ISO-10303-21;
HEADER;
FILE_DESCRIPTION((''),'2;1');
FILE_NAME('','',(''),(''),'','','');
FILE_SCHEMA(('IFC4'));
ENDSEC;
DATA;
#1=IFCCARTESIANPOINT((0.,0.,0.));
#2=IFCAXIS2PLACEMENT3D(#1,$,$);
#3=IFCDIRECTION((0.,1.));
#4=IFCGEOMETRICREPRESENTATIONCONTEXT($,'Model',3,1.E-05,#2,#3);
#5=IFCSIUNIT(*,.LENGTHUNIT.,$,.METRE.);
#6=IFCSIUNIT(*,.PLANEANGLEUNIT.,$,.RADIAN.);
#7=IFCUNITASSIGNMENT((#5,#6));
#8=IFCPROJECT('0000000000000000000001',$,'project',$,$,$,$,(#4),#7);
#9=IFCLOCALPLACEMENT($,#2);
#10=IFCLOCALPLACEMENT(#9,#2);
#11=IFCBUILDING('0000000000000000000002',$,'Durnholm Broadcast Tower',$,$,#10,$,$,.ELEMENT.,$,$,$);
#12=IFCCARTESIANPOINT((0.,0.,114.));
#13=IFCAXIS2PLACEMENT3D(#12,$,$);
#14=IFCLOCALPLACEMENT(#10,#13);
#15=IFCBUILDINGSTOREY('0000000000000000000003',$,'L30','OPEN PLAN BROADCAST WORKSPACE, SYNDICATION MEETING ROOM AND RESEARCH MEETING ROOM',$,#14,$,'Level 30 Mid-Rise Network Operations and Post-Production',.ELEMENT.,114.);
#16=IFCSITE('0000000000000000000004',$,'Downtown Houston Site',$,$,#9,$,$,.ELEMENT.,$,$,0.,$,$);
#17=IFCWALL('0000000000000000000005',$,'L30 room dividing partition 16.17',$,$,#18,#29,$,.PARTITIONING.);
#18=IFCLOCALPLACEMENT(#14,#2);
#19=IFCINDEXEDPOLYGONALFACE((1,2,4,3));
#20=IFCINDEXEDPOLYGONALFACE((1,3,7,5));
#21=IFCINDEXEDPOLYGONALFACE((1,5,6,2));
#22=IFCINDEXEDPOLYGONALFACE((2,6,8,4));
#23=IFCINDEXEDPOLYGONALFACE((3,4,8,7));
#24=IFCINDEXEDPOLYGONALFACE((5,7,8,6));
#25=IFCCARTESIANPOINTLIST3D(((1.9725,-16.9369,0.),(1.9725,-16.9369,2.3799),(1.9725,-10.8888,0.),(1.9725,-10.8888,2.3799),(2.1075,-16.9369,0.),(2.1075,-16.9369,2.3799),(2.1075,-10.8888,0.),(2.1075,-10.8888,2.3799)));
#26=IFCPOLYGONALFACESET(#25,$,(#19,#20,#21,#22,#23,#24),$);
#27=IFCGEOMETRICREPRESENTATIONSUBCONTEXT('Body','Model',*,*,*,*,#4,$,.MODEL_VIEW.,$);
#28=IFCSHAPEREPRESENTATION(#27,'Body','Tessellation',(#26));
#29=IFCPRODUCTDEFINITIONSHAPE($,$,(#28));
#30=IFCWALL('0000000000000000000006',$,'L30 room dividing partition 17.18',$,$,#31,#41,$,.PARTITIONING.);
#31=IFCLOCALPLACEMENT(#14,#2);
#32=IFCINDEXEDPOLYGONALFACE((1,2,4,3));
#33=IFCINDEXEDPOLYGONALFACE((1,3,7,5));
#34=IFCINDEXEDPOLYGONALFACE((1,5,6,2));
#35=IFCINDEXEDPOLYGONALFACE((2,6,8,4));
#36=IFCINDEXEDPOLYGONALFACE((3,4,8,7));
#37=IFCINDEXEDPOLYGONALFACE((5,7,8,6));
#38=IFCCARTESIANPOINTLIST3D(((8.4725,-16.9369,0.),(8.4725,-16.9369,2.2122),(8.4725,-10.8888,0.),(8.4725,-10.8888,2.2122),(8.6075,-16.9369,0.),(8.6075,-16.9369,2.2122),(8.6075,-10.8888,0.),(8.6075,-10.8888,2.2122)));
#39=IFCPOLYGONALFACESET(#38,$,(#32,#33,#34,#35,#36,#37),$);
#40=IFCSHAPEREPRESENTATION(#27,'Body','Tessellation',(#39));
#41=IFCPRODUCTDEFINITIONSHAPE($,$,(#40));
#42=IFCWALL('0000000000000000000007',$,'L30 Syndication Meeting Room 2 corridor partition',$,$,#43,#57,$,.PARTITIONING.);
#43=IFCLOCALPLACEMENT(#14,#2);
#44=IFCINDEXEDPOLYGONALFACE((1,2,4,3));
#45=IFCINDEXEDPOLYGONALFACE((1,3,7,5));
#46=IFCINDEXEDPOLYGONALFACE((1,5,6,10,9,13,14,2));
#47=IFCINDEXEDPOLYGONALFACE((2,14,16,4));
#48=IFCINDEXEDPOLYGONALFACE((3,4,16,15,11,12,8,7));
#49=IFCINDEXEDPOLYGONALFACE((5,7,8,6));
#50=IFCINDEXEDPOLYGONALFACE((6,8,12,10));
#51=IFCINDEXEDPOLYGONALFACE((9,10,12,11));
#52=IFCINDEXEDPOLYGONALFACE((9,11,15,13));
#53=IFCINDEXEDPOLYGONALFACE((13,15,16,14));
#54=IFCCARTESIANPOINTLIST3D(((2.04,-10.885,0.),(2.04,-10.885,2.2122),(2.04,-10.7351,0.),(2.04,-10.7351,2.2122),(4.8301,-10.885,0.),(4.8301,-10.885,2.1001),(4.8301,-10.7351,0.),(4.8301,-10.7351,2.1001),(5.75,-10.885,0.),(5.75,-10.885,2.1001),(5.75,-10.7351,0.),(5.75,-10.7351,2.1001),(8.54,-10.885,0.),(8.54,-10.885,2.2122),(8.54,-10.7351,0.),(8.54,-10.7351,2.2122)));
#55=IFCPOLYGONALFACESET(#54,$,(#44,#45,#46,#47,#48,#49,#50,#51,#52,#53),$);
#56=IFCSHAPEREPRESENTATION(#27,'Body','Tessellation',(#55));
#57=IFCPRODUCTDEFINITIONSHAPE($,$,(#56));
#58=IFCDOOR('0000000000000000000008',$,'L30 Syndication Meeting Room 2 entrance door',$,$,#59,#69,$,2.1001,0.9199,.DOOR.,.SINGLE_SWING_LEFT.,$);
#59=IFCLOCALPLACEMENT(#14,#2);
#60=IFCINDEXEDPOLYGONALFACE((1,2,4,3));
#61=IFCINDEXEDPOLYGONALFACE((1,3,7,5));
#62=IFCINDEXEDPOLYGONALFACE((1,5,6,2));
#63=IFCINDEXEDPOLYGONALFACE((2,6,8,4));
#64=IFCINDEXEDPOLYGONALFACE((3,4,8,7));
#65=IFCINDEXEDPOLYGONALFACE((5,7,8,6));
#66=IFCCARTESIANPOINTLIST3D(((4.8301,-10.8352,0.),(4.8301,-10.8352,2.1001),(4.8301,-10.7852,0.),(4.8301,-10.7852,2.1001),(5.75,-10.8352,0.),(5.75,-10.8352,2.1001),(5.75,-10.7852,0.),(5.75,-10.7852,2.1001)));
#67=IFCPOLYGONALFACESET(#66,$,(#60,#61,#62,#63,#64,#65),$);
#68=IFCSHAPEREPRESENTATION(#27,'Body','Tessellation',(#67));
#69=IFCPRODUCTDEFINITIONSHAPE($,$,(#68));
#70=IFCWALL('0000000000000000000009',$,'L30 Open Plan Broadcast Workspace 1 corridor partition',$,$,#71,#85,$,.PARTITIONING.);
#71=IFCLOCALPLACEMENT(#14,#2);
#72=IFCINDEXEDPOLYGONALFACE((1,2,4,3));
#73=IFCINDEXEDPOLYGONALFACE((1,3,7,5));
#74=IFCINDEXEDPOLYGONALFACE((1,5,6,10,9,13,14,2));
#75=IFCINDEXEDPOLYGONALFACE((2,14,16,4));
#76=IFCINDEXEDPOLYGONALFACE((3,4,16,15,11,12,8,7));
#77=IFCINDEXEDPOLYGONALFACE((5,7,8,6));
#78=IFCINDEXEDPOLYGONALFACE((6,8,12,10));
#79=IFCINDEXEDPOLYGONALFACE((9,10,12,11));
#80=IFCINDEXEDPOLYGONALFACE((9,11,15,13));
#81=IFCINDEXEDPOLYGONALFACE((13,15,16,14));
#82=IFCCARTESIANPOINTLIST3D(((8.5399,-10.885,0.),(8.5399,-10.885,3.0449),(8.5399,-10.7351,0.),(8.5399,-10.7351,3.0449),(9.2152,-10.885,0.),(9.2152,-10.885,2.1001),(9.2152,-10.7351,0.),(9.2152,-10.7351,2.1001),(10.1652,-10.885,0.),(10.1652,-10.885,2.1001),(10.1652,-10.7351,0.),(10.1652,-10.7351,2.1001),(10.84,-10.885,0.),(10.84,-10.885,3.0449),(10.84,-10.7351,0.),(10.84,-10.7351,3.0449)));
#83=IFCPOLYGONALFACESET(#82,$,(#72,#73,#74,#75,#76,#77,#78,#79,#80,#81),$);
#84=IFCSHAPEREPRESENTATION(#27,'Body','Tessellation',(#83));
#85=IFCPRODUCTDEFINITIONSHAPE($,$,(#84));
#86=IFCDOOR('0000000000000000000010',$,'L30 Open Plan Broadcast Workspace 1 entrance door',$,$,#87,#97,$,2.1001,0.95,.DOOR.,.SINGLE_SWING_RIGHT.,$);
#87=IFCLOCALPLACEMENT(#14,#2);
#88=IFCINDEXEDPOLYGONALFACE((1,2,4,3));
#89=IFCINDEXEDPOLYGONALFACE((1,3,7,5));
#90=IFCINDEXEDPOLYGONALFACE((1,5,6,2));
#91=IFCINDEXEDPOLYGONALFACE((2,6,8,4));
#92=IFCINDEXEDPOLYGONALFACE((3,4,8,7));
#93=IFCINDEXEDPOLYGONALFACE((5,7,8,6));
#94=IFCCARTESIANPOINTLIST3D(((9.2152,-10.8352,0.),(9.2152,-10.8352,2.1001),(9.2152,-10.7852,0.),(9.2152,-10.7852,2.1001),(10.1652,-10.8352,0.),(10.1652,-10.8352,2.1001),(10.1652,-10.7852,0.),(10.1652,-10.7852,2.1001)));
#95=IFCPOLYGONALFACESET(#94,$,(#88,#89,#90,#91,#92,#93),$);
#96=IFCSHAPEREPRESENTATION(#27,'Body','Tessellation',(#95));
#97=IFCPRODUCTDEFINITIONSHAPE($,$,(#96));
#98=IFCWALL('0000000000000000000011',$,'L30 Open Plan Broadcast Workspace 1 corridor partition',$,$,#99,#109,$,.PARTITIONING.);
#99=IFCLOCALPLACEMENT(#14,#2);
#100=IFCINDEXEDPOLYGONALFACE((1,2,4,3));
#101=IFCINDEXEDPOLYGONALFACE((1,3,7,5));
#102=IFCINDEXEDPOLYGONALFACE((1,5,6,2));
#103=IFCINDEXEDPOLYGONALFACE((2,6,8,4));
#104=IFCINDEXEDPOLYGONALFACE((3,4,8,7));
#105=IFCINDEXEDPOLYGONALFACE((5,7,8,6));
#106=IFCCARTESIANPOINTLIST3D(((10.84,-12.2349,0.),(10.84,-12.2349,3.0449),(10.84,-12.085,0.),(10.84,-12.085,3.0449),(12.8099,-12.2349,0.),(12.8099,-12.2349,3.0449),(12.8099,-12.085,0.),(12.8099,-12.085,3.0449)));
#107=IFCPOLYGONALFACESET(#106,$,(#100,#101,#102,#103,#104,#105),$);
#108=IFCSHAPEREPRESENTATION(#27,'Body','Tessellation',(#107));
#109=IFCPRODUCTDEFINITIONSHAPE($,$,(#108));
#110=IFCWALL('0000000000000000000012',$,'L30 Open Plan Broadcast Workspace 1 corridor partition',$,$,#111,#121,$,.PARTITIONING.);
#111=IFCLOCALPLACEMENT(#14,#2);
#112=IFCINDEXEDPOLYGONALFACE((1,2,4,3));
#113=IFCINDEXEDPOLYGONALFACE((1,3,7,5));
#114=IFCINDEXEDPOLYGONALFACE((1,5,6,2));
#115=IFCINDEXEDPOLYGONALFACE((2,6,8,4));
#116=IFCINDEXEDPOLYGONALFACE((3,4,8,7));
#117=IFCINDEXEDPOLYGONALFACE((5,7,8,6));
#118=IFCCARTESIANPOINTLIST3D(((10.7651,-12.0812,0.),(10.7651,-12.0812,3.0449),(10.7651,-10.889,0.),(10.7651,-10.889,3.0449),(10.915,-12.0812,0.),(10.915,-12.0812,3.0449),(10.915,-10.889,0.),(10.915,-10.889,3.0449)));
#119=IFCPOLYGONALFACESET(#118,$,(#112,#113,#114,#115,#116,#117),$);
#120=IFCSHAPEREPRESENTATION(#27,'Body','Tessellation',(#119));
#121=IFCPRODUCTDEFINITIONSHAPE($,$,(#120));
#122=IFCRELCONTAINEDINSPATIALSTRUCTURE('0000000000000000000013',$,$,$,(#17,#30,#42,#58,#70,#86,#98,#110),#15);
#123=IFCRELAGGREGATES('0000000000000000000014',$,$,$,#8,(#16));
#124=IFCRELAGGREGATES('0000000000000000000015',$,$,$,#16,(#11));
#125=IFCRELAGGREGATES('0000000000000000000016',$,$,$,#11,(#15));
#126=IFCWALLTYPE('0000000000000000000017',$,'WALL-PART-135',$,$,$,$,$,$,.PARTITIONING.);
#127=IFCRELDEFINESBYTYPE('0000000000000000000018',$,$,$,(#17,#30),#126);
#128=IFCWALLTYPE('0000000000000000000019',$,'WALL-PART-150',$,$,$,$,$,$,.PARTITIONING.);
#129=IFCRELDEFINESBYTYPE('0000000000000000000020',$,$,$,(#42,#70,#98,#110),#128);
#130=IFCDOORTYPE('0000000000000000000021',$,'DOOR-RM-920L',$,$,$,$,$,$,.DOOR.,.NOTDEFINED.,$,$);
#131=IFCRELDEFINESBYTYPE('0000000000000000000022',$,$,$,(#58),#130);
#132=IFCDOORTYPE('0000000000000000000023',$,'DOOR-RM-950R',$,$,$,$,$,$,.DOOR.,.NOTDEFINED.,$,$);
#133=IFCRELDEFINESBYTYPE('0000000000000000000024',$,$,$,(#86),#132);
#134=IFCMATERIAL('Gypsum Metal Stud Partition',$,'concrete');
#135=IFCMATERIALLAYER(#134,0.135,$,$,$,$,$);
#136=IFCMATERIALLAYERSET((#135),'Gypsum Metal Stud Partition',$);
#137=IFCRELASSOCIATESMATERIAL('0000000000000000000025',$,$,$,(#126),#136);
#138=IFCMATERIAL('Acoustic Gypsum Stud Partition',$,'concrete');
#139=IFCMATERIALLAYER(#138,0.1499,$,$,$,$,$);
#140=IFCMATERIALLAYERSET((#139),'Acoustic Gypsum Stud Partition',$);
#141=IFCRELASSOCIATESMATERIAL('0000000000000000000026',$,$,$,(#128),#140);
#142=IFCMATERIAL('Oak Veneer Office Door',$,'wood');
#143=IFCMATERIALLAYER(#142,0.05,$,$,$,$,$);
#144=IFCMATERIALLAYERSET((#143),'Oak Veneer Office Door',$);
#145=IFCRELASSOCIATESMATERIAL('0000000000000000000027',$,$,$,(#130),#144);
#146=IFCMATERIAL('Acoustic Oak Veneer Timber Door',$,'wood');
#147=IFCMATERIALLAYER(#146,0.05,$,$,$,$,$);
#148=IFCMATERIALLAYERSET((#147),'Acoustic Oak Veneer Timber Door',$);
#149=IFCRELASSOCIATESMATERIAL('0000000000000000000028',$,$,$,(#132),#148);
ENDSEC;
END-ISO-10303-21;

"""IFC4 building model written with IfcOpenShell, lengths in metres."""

from ifc_helpers import new_model, si_unit, direction, frame, frame_2d, origin, place, context, subcontext, project, spatial, rectangle, extrude, source, transform, mapped, material, layer, layer_set, type_object, type_shapes, element, fill, save


model = new_model("IFC4")

# Units and contexts
model_context = context("Model", 3, precision=1e-05, world=origin(), true_north=direction((0.0, 1.0)))
body_context = subcontext(model_context, "Body", "Model", "MODEL_VIEW")
ifc_project = project(units=[si_unit("LENGTHUNIT", "METRE"), si_unit("PLANEANGLEUNIT", "RADIAN")], contexts=[model_context])

# Site, building, storey
site_placement = place(None, origin())
site = spatial("IfcSite", under=ifc_project, at=site_placement, Name="Downtown Houston Site", CompositionType="ELEMENT", RefElevation=0.0)
building_placement = place(site_placement, origin())
building = spatial("IfcBuilding", under=site, at=building_placement, Name="Durnholm Broadcast Tower", CompositionType="ELEMENT")
storey_placement = place(building_placement, frame((0.0, 0.0, 114.0)))
storey = spatial("IfcBuildingStorey", under=building, at=storey_placement, Name="L30", Description="OPEN PLAN BROADCAST WORKSPACE, SYNDICATION MEETING ROOM AND RESEARCH MEETING ROOM", LongName="Level 30 Mid-Rise Network Operations and Post-Production", CompositionType="ELEMENT", Elevation=114.0)

# Walls
ifc_material_1 = material(Name="Gypsum Metal Stud Partition", Category="concrete")
ifc_layer_1 = layer(ifc_material_1, 0.135)
ifc_layer_set_1 = layer_set([ifc_layer_1], Name="Gypsum Metal Stud Partition")
wall_type_1 = type_object("IfcWallType", Name="WALL-PART-135", PredefinedType="PARTITIONING", material=ifc_layer_set_1)
wall_1_placement = place(storey_placement, frame((2.04, -10.8889, 0.0), z_axis=(0.0, 0.0, 1.0), x_axis=(0.0, -1.0, 0.0)))
element("IfcWall", 1, at=wall_1_placement, inside=storey, type_object=wall_type_1, Name="L30 room dividing partition 16.17", PredefinedType="PARTITIONING", context=body_context, shape_type="SweptSolid", body=[
    extrude(rectangle(XDim=6.0481, YDim=0.135, at=frame_2d((3.0239, 0.0))), origin(), (0.0, 0.0, 1.0), 2.3799),
])
wall_2_placement = place(storey_placement, frame((8.54, -10.8889, 0.0), z_axis=(0.0, 0.0, 1.0), x_axis=(0.0, -1.0, 0.0)))
element("IfcWall", 2, at=wall_2_placement, inside=storey, type_object=wall_type_1, Name="L30 room dividing partition 17.18", PredefinedType="PARTITIONING", context=body_context, shape_type="SweptSolid", body=[
    extrude(rectangle(XDim=6.0481, YDim=0.135, at=frame_2d((3.0239, 0.0))), origin(), (0.0, 0.0, 1.0), 2.2122),
])

# Walls, openings, doors
ifc_material_2 = material(Name="Acoustic Gypsum Stud Partition", Category="concrete")
ifc_layer_2 = layer(ifc_material_2, 0.1499)
ifc_layer_set_2 = layer_set([ifc_layer_2], Name="Acoustic Gypsum Stud Partition")
wall_type_2 = type_object("IfcWallType", Name="WALL-PART-150", PredefinedType="PARTITIONING", material=ifc_layer_set_2)
wall_3_placement = place(storey_placement, frame((2.04, -10.8101, 0.0), z_axis=(0.0, 0.0, 1.0), x_axis=(1.0, 0.0, 0.0)))
wall_3 = element("IfcWall", 3, at=wall_3_placement, inside=storey, type_object=wall_type_2, Name="L30 Syndication Meeting Room 2 corridor partition", PredefinedType="PARTITIONING", context=body_context, shape_type="SweptSolid", body=[
    extrude(rectangle(XDim=6.5, YDim=0.1499, at=frame_2d((3.25, 0.0))), origin(), (0.0, 0.0, 1.0), 2.2122),
])
opening_1_placement = place(wall_3_placement, frame((2.79, 0.0, 0.0)))
opening_1 = element("IfcOpeningElement", 4, at=opening_1_placement, cuts=wall_3, PredefinedType="OPENING", context=body_context, shape_type="SweptSolid", body=[
    extrude(rectangle(XDim=0.9199, YDim=2.1001, at=frame_2d((0.46, 1.05))), frame((0.0, 0.085, 0.0), z_axis=(0.0, -1.0, 0.0), x_axis=(1.0, 0.0, 0.0)), (0.0, 0.0, 1.0), 0.1699),
])
ifc_material_3 = material(Name="Oak Veneer Office Door", Category="wood")
ifc_layer_3 = layer(ifc_material_3, 0.05)
ifc_layer_set_3 = layer_set([ifc_layer_3], Name="Oak Veneer Office Door")
door_type_1 = type_object("IfcDoorType", Name="DOOR-RM-920L", OperationType="NOTDEFINED", PredefinedType="DOOR", material=ifc_layer_set_3)
shared_shape_1 = source(origin(), body_context, "Body", "SweptSolid", [
    extrude(rectangle(XDim=0.9199, YDim=2.1001, at=frame_2d((0.46, 1.05))), frame((0.0, 0.0249, 0.0), z_axis=(0.0, -1.0, 0.0), x_axis=(1.0, 0.0, 0.0)), (0.0, 0.0, 1.0), 0.05),
])
type_shapes(door_type_1, [shared_shape_1])
door_1_placement = place(opening_1_placement, origin())
door_1 = element("IfcDoor", 5, at=door_1_placement, inside=storey, type_object=door_type_1, Name="L30 Syndication Meeting Room 2 entrance door", OperationType="SINGLE_SWING_LEFT", OverallHeight=2.1001, OverallWidth=0.9199, PredefinedType="DOOR", context=body_context, shape_type="MappedRepresentation", body=[
    mapped(shared_shape_1, transform((0.0, 0.0, 0.0), x_axis=(1.0, 0.0, 0.0), y_axis=(0.0, 1.0, 0.0), z_axis=(0.0, 0.0, 1.0), scale=1.0)),
])
fill(opening_1, door_1)
wall_4_placement = place(storey_placement, frame((8.54, -10.8101, 0.0), z_axis=(0.0, 0.0, 1.0), x_axis=(1.0, 0.0, 0.0)))
wall_4 = element("IfcWall", 6, at=wall_4_placement, inside=storey, type_object=wall_type_2, Name="L30 Open Plan Broadcast Workspace 1 corridor partition", PredefinedType="PARTITIONING", context=body_context, shape_type="SweptSolid", body=[
    extrude(rectangle(XDim=2.3, YDim=0.1499, at=frame_2d((1.1499, 0.0))), origin(), (0.0, 0.0, 1.0), 3.0449),
])
opening_2_placement = place(wall_4_placement, frame((0.675, 0.0, 0.0)))
opening_2 = element("IfcOpeningElement", 7, at=opening_2_placement, cuts=wall_4, PredefinedType="OPENING", context=body_context, shape_type="SweptSolid", body=[
    extrude(rectangle(XDim=0.95, YDim=2.1001, at=frame_2d((0.4751, 1.05))), frame((0.0, 0.085, 0.0), z_axis=(0.0, -1.0, 0.0), x_axis=(1.0, 0.0, 0.0)), (0.0, 0.0, 1.0), 0.1699),
])
ifc_material_4 = material(Name="Acoustic Oak Veneer Timber Door", Category="wood")
ifc_layer_4 = layer(ifc_material_4, 0.05)
ifc_layer_set_4 = layer_set([ifc_layer_4], Name="Acoustic Oak Veneer Timber Door")
door_type_2 = type_object("IfcDoorType", Name="DOOR-RM-950R", OperationType="NOTDEFINED", PredefinedType="DOOR", material=ifc_layer_set_4)
shared_shape_2 = source(origin(), body_context, "Body", "SweptSolid", [
    extrude(rectangle(XDim=0.95, YDim=2.1001, at=frame_2d((0.4751, 1.05))), frame((0.0, 0.0249, 0.0), z_axis=(0.0, -1.0, 0.0), x_axis=(1.0, 0.0, 0.0)), (0.0, 0.0, 1.0), 0.05),
])
type_shapes(door_type_2, [shared_shape_2])
door_2_placement = place(opening_2_placement, origin())
door_2 = element("IfcDoor", 8, at=door_2_placement, inside=storey, type_object=door_type_2, Name="L30 Open Plan Broadcast Workspace 1 entrance door", OperationType="SINGLE_SWING_RIGHT", OverallHeight=2.1001, OverallWidth=0.95, PredefinedType="DOOR", context=body_context, shape_type="MappedRepresentation", body=[
    mapped(shared_shape_2, transform((0.0, 0.0, 0.0), x_axis=(1.0, 0.0, 0.0), y_axis=(0.0, 1.0, 0.0), z_axis=(0.0, 0.0, 1.0), scale=1.0)),
])
fill(opening_2, door_2)

# Walls
wall_5_placement = place(storey_placement, frame((10.8401, -12.1599, 0.0), z_axis=(0.0, 0.0, 1.0), x_axis=(1.0, 0.0, 0.0)))
element("IfcWall", 9, at=wall_5_placement, inside=storey, type_object=wall_type_2, Name="L30 Open Plan Broadcast Workspace 1 corridor partition", PredefinedType="PARTITIONING", context=body_context, shape_type="SweptSolid", body=[
    extrude(rectangle(XDim=1.97, YDim=0.1499, at=frame_2d((0.9849, 0.0))), origin(), (0.0, 0.0, 1.0), 3.0449),
])
wall_6_placement = place(storey_placement, frame((10.8401, -10.8889, 0.0), z_axis=(0.0, 0.0, 1.0), x_axis=(0.0, -1.0, 0.0)))
element("IfcWall", 10, at=wall_6_placement, inside=storey, type_object=wall_type_2, Name="L30 Open Plan Broadcast Workspace 1 corridor partition", PredefinedType="PARTITIONING", context=body_context, shape_type="SweptSolid", body=[
    extrude(rectangle(XDim=1.1921, YDim=0.1499, at=frame_2d((0.5962, 0.0))), origin(), (0.0, 0.0, 1.0), 3.0449),
])

save(model, "model.ifc")
